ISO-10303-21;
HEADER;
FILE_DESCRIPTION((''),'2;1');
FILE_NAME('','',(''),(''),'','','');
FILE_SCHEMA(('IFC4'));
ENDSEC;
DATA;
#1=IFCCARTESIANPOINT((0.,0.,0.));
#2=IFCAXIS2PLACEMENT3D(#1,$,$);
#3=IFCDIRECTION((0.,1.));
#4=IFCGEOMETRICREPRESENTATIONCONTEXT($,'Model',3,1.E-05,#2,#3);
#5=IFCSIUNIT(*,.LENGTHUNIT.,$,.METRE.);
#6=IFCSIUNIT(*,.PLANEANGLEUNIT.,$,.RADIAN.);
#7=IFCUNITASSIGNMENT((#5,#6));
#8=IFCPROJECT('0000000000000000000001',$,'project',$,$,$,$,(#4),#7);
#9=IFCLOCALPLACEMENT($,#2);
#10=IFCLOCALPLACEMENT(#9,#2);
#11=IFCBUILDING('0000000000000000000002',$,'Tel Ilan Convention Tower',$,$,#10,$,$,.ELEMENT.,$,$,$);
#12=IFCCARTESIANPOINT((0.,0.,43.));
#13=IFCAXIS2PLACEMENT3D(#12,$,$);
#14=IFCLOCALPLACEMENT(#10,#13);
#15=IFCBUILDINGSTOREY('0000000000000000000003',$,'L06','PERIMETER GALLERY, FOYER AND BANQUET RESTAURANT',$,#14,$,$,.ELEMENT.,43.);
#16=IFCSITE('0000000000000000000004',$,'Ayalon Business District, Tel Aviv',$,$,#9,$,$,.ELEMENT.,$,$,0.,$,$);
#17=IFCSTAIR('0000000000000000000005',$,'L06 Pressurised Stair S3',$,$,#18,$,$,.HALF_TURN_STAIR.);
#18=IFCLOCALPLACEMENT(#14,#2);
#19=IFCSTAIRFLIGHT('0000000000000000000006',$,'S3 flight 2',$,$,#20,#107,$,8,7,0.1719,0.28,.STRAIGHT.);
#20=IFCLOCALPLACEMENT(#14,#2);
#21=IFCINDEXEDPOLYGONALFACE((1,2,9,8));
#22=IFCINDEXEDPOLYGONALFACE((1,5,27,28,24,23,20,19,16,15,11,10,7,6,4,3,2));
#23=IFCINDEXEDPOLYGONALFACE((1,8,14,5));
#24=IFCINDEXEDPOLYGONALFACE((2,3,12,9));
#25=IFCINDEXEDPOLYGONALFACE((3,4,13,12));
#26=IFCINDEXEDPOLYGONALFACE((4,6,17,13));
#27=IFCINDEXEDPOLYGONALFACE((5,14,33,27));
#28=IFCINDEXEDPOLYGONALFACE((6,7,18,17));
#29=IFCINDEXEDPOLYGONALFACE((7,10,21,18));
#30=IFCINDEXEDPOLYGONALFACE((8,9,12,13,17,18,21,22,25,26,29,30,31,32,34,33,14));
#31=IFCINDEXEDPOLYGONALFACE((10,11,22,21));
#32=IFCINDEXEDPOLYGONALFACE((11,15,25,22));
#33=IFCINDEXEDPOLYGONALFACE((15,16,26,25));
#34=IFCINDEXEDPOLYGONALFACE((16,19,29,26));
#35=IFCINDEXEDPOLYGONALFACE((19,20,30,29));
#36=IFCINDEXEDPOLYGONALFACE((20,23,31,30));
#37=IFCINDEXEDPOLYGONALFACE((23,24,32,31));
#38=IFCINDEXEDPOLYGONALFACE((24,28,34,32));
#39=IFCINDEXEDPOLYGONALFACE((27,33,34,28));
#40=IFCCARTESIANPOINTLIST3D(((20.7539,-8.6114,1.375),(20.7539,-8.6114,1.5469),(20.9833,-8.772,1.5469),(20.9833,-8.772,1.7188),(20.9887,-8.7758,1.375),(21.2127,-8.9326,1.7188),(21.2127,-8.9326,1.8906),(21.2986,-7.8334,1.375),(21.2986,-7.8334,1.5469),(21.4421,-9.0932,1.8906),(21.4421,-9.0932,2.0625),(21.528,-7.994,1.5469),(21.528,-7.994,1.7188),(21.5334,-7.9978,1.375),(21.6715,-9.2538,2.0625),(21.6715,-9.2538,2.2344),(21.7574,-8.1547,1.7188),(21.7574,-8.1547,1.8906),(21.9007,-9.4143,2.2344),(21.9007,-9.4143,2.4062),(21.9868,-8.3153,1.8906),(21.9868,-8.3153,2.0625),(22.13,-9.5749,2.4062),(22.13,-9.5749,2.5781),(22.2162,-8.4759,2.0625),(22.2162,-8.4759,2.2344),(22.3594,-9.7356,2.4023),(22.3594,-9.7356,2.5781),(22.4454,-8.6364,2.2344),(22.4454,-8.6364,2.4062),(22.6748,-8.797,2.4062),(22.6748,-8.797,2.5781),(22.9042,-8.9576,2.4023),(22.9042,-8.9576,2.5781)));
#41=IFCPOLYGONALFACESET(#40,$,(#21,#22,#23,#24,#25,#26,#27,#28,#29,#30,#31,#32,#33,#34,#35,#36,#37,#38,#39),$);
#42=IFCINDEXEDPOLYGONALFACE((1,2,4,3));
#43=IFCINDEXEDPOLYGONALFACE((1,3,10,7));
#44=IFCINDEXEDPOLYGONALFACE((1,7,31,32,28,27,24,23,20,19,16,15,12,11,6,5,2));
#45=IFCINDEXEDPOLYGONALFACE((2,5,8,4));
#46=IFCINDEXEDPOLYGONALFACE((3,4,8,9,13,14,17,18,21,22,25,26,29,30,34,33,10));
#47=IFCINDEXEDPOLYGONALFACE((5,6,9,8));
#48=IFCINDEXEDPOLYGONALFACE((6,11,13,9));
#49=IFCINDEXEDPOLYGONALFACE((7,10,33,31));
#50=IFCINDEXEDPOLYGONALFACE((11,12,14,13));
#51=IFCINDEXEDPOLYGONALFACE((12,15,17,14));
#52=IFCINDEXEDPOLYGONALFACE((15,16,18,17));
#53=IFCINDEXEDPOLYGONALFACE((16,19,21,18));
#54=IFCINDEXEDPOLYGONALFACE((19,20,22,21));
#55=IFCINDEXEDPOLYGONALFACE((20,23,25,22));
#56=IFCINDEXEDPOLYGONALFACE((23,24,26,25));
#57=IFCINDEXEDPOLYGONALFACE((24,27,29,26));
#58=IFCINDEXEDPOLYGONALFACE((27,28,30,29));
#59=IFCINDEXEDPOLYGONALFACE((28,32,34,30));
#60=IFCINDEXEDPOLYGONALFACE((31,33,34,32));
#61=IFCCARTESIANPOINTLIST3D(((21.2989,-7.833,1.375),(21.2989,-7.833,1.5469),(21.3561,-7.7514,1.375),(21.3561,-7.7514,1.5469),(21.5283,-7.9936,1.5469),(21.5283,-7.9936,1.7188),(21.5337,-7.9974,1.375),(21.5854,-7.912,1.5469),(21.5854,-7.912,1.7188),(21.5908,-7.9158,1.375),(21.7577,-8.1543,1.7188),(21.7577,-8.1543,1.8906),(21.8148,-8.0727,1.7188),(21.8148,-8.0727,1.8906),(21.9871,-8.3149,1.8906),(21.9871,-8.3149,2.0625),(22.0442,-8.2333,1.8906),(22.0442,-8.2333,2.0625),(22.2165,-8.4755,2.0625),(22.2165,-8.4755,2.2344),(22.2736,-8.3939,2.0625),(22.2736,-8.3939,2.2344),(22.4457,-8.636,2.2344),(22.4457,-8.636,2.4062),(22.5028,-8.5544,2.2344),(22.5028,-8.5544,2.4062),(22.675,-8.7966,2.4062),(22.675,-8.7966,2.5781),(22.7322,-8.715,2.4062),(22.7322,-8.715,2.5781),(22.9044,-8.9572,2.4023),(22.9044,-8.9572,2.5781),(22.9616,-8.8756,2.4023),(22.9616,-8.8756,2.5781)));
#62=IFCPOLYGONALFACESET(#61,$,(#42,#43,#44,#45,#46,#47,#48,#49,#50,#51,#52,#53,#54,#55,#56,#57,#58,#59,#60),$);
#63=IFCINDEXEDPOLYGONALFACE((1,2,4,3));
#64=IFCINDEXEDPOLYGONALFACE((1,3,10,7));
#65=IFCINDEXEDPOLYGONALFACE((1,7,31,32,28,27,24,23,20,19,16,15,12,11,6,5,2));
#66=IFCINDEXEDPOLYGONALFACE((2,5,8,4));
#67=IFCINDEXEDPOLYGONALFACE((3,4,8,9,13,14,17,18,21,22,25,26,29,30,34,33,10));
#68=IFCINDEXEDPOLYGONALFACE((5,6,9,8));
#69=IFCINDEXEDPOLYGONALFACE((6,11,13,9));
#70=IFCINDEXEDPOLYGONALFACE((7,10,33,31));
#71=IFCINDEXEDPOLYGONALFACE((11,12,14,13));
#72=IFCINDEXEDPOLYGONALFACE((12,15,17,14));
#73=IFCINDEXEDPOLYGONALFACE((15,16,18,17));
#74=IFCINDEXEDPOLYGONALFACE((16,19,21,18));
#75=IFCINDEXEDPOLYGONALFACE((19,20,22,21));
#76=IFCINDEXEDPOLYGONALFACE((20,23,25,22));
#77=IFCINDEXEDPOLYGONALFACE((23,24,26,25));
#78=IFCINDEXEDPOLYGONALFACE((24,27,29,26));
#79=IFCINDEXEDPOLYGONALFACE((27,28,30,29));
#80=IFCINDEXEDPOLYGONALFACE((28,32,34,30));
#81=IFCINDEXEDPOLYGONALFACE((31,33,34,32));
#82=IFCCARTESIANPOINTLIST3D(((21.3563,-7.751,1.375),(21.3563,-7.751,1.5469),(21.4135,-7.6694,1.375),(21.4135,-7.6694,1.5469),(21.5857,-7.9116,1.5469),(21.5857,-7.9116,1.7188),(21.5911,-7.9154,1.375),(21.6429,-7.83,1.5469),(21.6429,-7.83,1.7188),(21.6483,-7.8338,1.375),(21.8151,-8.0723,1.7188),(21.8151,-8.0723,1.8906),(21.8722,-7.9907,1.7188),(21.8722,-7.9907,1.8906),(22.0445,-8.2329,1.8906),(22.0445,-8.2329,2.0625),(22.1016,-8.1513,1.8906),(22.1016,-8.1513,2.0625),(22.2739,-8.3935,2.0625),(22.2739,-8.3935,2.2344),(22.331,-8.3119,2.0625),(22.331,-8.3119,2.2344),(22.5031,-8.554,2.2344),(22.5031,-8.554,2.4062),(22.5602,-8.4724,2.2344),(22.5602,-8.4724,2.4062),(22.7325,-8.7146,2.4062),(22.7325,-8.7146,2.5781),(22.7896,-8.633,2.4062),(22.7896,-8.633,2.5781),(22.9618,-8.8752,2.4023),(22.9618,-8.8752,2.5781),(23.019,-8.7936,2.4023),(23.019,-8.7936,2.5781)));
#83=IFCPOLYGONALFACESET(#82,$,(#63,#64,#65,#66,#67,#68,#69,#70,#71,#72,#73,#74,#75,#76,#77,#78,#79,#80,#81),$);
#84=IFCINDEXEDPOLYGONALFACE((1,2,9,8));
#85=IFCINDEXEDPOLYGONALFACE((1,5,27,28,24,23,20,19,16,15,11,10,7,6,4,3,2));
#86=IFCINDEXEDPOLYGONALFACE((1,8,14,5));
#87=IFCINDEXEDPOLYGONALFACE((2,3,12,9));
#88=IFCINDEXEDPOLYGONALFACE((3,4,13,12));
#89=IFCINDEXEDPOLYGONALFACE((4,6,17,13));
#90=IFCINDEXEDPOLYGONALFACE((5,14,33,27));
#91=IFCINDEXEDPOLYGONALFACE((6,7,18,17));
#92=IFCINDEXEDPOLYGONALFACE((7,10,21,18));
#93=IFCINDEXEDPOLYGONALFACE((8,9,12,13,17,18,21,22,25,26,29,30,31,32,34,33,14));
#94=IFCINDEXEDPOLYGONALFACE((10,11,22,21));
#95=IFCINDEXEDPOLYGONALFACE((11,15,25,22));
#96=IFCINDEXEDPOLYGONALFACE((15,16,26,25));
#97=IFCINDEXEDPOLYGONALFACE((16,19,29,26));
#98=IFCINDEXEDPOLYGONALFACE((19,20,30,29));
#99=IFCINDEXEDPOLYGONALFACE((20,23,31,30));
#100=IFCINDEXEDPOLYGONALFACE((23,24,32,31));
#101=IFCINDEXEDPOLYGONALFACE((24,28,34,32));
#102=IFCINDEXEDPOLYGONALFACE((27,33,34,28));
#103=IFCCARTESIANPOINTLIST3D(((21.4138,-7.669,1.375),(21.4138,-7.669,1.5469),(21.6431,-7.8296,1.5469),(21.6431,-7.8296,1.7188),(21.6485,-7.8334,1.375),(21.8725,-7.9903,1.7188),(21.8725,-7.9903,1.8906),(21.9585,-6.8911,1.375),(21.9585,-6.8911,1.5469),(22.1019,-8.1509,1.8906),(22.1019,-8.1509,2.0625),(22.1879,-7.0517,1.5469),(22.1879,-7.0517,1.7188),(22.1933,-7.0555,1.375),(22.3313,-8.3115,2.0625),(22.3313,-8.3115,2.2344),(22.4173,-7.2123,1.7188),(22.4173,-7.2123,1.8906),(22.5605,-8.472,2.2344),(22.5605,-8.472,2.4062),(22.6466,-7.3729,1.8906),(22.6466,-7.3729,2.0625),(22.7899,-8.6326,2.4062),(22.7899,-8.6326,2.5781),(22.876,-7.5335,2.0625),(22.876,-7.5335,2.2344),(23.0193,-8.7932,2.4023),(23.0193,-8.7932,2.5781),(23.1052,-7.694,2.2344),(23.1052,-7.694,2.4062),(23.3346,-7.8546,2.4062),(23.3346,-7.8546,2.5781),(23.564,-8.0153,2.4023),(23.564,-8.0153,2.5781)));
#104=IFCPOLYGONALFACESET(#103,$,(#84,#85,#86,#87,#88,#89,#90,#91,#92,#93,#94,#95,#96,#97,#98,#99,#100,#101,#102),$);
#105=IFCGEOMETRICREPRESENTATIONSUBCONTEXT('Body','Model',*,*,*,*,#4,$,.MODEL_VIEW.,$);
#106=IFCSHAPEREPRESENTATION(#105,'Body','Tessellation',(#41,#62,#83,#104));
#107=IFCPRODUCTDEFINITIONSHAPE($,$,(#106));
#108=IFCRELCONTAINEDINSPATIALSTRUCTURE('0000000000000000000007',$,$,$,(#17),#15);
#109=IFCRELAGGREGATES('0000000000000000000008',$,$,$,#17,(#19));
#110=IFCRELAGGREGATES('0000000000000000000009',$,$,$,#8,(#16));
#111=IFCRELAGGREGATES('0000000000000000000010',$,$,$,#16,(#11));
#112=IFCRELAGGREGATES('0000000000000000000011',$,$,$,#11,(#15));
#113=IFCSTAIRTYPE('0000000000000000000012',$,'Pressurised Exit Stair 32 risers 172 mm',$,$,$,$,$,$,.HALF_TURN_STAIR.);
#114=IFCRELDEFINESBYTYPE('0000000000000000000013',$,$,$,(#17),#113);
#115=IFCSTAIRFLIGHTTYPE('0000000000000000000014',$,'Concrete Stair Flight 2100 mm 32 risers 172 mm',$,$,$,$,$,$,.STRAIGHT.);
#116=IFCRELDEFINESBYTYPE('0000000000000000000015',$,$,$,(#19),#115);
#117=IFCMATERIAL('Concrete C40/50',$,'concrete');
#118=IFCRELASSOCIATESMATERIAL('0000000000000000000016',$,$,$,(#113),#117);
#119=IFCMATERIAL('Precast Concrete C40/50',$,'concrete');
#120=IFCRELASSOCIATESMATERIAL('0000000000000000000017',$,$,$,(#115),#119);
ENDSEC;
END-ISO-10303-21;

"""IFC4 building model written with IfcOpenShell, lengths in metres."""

from ifc_helpers import new_model, si_unit, direction, frame, origin, place, context, subcontext, project, spatial, polyline, outline, extrude, material, type_object, element, aggregate, save


model = new_model("IFC4")

# Units and contexts
model_context = context("Model", 3, precision=1e-05, world=origin(), true_north=direction((0.0, 1.0)))
body_context = subcontext(model_context, "Body", "Model", "MODEL_VIEW")
ifc_project = project(units=[si_unit("LENGTHUNIT", "METRE"), si_unit("PLANEANGLEUNIT", "RADIAN")], contexts=[model_context])

# Site, building, storey
site_placement = place(None, origin())
site = spatial("IfcSite", under=ifc_project, at=site_placement, Name="Ayalon Business District, Tel Aviv", CompositionType="ELEMENT", RefElevation=0.0)
building_placement = place(site_placement, origin())
building = spatial("IfcBuilding", under=site, at=building_placement, Name="Tel Ilan Convention Tower", CompositionType="ELEMENT")
storey_placement = place(building_placement, frame((0.0, 0.0, 43.0)))
storey = spatial("IfcBuildingStorey", under=building, at=storey_placement, Name="L06", Description="PERIMETER GALLERY, FOYER AND BANQUET RESTAURANT", CompositionType="ELEMENT", Elevation=43.0)

# Stair, stair flight
ifc_material_1 = material(Name="Concrete C40/50", Category="concrete")
stair_type = type_object("IfcStairType", Name="Pressurised Exit Stair 32 risers 172 mm", PredefinedType="HALF_TURN_STAIR", material=ifc_material_1)
stair_1_placement = place(storey_placement, origin())
stair_1 = element("IfcStair", 1, at=stair_1_placement, inside=storey, type_object=stair_type, Name="L06 Pressurised Stair S3", PredefinedType="HALF_TURN_STAIR")
ifc_material_2 = material(Name="Precast Concrete C40/50", Category="concrete")
stair_flight_type = type_object("IfcStairFlightType", Name="Concrete Stair Flight 2100 mm 32 risers 172 mm", PredefinedType="STRAIGHT", material=ifc_material_2)
stair_flight_1_placement = place(storey_placement, frame((21.3562, -7.7512, 1.375), z_axis=(0.0, 0.0, 1.0), x_axis=(0.819152, -0.573576, 0.0)))
stair_flight_1 = element("IfcStairFlight", 2, at=stair_flight_1_placement, type_object=stair_flight_type, Name="S3 flight 2", NumberOfRisers=8, NumberOfTreads=7, PredefinedType="STRAIGHT", RiserHeight=0.1719, TreadLength=0.28, context=body_context, shape_type="SweptSolid", body=[
    extrude(outline(polyline([(0.0, 0.0), (0.0, 0.1719), (0.28, 0.1719), (0.28, 0.3438), (0.5601, 0.3438), (0.5601, 0.5156), (0.8401, 0.5156), (0.8401, 0.6875), (1.1201, 0.6875), (1.1201, 0.8594), (1.3999, 0.8594), (1.3999, 1.0312), (1.6799, 1.0312), (1.6799, 1.2031), (1.96, 1.2031), (1.96, 1.375), (1.96, 1.0273), (0.2866, 0.0), (0.0, 0.0)])), frame((0.0, -0.1003, 0.0), z_axis=(0.0, -1.0, 0.0), x_axis=(1.0, 0.0, 0.0)), (0.0, 0.0, 1.0), 0.9497),
    extrude(outline(polyline([(0.0, 0.0), (0.0, 0.1719), (0.28, 0.1719), (0.28, 0.3438), (0.5601, 0.3438), (0.5601, 0.5156), (0.8401, 0.5156), (0.8401, 0.6875), (1.1201, 0.6875), (1.1201, 0.8594), (1.3999, 0.8594), (1.3999, 1.0312), (1.6799, 1.0312), (1.6799, 1.2031), (1.96, 1.2031), (1.96, 1.375), (1.96, 1.0273), (0.2866, 0.0), (0.0, 0.0)])), frame((0.0, -0.0002, 0.0), z_axis=(0.0, -1.0, 0.0), x_axis=(1.0, 0.0, 0.0)), (0.0, 0.0, 1.0), 0.0996),
    extrude(outline(polyline([(0.0, 0.0), (0.0, 0.1719), (0.28, 0.1719), (0.28, 0.3438), (0.5601, 0.3438), (0.5601, 0.5156), (0.8401, 0.5156), (0.8401, 0.6875), (1.1201, 0.6875), (1.1201, 0.8594), (1.3999, 0.8594), (1.3999, 1.0312), (1.6799, 1.0312), (1.6799, 1.2031), (1.96, 1.2031), (1.96, 1.375), (1.96, 1.0273), (0.2866, 0.0), (0.0, 0.0)])), frame((0.0, 0.0999, 0.0), z_axis=(0.0, -1.0, 0.0), x_axis=(1.0, 0.0, 0.0)), (0.0, 0.0, 1.0), 0.0996),
    extrude(outline(polyline([(0.0, 0.0), (0.0, 0.1719), (0.28, 0.1719), (0.28, 0.3438), (0.5601, 0.3438), (0.5601, 0.5156), (0.8401, 0.5156), (0.8401, 0.6875), (1.1201, 0.6875), (1.1201, 0.8594), (1.3999, 0.8594), (1.3999, 1.0312), (1.6799, 1.0312), (1.6799, 1.2031), (1.96, 1.2031), (1.96, 1.375), (1.96, 1.0273), (0.2866, 0.0), (0.0, 0.0)])), frame((0.0, 1.05, 0.0), z_axis=(0.0, -1.0, 0.0), x_axis=(1.0, 0.0, 0.0)), (0.0, 0.0, 1.0), 0.9497),
])
aggregate(stair_1, [stair_flight_1])

save(model, "model.ifc")
